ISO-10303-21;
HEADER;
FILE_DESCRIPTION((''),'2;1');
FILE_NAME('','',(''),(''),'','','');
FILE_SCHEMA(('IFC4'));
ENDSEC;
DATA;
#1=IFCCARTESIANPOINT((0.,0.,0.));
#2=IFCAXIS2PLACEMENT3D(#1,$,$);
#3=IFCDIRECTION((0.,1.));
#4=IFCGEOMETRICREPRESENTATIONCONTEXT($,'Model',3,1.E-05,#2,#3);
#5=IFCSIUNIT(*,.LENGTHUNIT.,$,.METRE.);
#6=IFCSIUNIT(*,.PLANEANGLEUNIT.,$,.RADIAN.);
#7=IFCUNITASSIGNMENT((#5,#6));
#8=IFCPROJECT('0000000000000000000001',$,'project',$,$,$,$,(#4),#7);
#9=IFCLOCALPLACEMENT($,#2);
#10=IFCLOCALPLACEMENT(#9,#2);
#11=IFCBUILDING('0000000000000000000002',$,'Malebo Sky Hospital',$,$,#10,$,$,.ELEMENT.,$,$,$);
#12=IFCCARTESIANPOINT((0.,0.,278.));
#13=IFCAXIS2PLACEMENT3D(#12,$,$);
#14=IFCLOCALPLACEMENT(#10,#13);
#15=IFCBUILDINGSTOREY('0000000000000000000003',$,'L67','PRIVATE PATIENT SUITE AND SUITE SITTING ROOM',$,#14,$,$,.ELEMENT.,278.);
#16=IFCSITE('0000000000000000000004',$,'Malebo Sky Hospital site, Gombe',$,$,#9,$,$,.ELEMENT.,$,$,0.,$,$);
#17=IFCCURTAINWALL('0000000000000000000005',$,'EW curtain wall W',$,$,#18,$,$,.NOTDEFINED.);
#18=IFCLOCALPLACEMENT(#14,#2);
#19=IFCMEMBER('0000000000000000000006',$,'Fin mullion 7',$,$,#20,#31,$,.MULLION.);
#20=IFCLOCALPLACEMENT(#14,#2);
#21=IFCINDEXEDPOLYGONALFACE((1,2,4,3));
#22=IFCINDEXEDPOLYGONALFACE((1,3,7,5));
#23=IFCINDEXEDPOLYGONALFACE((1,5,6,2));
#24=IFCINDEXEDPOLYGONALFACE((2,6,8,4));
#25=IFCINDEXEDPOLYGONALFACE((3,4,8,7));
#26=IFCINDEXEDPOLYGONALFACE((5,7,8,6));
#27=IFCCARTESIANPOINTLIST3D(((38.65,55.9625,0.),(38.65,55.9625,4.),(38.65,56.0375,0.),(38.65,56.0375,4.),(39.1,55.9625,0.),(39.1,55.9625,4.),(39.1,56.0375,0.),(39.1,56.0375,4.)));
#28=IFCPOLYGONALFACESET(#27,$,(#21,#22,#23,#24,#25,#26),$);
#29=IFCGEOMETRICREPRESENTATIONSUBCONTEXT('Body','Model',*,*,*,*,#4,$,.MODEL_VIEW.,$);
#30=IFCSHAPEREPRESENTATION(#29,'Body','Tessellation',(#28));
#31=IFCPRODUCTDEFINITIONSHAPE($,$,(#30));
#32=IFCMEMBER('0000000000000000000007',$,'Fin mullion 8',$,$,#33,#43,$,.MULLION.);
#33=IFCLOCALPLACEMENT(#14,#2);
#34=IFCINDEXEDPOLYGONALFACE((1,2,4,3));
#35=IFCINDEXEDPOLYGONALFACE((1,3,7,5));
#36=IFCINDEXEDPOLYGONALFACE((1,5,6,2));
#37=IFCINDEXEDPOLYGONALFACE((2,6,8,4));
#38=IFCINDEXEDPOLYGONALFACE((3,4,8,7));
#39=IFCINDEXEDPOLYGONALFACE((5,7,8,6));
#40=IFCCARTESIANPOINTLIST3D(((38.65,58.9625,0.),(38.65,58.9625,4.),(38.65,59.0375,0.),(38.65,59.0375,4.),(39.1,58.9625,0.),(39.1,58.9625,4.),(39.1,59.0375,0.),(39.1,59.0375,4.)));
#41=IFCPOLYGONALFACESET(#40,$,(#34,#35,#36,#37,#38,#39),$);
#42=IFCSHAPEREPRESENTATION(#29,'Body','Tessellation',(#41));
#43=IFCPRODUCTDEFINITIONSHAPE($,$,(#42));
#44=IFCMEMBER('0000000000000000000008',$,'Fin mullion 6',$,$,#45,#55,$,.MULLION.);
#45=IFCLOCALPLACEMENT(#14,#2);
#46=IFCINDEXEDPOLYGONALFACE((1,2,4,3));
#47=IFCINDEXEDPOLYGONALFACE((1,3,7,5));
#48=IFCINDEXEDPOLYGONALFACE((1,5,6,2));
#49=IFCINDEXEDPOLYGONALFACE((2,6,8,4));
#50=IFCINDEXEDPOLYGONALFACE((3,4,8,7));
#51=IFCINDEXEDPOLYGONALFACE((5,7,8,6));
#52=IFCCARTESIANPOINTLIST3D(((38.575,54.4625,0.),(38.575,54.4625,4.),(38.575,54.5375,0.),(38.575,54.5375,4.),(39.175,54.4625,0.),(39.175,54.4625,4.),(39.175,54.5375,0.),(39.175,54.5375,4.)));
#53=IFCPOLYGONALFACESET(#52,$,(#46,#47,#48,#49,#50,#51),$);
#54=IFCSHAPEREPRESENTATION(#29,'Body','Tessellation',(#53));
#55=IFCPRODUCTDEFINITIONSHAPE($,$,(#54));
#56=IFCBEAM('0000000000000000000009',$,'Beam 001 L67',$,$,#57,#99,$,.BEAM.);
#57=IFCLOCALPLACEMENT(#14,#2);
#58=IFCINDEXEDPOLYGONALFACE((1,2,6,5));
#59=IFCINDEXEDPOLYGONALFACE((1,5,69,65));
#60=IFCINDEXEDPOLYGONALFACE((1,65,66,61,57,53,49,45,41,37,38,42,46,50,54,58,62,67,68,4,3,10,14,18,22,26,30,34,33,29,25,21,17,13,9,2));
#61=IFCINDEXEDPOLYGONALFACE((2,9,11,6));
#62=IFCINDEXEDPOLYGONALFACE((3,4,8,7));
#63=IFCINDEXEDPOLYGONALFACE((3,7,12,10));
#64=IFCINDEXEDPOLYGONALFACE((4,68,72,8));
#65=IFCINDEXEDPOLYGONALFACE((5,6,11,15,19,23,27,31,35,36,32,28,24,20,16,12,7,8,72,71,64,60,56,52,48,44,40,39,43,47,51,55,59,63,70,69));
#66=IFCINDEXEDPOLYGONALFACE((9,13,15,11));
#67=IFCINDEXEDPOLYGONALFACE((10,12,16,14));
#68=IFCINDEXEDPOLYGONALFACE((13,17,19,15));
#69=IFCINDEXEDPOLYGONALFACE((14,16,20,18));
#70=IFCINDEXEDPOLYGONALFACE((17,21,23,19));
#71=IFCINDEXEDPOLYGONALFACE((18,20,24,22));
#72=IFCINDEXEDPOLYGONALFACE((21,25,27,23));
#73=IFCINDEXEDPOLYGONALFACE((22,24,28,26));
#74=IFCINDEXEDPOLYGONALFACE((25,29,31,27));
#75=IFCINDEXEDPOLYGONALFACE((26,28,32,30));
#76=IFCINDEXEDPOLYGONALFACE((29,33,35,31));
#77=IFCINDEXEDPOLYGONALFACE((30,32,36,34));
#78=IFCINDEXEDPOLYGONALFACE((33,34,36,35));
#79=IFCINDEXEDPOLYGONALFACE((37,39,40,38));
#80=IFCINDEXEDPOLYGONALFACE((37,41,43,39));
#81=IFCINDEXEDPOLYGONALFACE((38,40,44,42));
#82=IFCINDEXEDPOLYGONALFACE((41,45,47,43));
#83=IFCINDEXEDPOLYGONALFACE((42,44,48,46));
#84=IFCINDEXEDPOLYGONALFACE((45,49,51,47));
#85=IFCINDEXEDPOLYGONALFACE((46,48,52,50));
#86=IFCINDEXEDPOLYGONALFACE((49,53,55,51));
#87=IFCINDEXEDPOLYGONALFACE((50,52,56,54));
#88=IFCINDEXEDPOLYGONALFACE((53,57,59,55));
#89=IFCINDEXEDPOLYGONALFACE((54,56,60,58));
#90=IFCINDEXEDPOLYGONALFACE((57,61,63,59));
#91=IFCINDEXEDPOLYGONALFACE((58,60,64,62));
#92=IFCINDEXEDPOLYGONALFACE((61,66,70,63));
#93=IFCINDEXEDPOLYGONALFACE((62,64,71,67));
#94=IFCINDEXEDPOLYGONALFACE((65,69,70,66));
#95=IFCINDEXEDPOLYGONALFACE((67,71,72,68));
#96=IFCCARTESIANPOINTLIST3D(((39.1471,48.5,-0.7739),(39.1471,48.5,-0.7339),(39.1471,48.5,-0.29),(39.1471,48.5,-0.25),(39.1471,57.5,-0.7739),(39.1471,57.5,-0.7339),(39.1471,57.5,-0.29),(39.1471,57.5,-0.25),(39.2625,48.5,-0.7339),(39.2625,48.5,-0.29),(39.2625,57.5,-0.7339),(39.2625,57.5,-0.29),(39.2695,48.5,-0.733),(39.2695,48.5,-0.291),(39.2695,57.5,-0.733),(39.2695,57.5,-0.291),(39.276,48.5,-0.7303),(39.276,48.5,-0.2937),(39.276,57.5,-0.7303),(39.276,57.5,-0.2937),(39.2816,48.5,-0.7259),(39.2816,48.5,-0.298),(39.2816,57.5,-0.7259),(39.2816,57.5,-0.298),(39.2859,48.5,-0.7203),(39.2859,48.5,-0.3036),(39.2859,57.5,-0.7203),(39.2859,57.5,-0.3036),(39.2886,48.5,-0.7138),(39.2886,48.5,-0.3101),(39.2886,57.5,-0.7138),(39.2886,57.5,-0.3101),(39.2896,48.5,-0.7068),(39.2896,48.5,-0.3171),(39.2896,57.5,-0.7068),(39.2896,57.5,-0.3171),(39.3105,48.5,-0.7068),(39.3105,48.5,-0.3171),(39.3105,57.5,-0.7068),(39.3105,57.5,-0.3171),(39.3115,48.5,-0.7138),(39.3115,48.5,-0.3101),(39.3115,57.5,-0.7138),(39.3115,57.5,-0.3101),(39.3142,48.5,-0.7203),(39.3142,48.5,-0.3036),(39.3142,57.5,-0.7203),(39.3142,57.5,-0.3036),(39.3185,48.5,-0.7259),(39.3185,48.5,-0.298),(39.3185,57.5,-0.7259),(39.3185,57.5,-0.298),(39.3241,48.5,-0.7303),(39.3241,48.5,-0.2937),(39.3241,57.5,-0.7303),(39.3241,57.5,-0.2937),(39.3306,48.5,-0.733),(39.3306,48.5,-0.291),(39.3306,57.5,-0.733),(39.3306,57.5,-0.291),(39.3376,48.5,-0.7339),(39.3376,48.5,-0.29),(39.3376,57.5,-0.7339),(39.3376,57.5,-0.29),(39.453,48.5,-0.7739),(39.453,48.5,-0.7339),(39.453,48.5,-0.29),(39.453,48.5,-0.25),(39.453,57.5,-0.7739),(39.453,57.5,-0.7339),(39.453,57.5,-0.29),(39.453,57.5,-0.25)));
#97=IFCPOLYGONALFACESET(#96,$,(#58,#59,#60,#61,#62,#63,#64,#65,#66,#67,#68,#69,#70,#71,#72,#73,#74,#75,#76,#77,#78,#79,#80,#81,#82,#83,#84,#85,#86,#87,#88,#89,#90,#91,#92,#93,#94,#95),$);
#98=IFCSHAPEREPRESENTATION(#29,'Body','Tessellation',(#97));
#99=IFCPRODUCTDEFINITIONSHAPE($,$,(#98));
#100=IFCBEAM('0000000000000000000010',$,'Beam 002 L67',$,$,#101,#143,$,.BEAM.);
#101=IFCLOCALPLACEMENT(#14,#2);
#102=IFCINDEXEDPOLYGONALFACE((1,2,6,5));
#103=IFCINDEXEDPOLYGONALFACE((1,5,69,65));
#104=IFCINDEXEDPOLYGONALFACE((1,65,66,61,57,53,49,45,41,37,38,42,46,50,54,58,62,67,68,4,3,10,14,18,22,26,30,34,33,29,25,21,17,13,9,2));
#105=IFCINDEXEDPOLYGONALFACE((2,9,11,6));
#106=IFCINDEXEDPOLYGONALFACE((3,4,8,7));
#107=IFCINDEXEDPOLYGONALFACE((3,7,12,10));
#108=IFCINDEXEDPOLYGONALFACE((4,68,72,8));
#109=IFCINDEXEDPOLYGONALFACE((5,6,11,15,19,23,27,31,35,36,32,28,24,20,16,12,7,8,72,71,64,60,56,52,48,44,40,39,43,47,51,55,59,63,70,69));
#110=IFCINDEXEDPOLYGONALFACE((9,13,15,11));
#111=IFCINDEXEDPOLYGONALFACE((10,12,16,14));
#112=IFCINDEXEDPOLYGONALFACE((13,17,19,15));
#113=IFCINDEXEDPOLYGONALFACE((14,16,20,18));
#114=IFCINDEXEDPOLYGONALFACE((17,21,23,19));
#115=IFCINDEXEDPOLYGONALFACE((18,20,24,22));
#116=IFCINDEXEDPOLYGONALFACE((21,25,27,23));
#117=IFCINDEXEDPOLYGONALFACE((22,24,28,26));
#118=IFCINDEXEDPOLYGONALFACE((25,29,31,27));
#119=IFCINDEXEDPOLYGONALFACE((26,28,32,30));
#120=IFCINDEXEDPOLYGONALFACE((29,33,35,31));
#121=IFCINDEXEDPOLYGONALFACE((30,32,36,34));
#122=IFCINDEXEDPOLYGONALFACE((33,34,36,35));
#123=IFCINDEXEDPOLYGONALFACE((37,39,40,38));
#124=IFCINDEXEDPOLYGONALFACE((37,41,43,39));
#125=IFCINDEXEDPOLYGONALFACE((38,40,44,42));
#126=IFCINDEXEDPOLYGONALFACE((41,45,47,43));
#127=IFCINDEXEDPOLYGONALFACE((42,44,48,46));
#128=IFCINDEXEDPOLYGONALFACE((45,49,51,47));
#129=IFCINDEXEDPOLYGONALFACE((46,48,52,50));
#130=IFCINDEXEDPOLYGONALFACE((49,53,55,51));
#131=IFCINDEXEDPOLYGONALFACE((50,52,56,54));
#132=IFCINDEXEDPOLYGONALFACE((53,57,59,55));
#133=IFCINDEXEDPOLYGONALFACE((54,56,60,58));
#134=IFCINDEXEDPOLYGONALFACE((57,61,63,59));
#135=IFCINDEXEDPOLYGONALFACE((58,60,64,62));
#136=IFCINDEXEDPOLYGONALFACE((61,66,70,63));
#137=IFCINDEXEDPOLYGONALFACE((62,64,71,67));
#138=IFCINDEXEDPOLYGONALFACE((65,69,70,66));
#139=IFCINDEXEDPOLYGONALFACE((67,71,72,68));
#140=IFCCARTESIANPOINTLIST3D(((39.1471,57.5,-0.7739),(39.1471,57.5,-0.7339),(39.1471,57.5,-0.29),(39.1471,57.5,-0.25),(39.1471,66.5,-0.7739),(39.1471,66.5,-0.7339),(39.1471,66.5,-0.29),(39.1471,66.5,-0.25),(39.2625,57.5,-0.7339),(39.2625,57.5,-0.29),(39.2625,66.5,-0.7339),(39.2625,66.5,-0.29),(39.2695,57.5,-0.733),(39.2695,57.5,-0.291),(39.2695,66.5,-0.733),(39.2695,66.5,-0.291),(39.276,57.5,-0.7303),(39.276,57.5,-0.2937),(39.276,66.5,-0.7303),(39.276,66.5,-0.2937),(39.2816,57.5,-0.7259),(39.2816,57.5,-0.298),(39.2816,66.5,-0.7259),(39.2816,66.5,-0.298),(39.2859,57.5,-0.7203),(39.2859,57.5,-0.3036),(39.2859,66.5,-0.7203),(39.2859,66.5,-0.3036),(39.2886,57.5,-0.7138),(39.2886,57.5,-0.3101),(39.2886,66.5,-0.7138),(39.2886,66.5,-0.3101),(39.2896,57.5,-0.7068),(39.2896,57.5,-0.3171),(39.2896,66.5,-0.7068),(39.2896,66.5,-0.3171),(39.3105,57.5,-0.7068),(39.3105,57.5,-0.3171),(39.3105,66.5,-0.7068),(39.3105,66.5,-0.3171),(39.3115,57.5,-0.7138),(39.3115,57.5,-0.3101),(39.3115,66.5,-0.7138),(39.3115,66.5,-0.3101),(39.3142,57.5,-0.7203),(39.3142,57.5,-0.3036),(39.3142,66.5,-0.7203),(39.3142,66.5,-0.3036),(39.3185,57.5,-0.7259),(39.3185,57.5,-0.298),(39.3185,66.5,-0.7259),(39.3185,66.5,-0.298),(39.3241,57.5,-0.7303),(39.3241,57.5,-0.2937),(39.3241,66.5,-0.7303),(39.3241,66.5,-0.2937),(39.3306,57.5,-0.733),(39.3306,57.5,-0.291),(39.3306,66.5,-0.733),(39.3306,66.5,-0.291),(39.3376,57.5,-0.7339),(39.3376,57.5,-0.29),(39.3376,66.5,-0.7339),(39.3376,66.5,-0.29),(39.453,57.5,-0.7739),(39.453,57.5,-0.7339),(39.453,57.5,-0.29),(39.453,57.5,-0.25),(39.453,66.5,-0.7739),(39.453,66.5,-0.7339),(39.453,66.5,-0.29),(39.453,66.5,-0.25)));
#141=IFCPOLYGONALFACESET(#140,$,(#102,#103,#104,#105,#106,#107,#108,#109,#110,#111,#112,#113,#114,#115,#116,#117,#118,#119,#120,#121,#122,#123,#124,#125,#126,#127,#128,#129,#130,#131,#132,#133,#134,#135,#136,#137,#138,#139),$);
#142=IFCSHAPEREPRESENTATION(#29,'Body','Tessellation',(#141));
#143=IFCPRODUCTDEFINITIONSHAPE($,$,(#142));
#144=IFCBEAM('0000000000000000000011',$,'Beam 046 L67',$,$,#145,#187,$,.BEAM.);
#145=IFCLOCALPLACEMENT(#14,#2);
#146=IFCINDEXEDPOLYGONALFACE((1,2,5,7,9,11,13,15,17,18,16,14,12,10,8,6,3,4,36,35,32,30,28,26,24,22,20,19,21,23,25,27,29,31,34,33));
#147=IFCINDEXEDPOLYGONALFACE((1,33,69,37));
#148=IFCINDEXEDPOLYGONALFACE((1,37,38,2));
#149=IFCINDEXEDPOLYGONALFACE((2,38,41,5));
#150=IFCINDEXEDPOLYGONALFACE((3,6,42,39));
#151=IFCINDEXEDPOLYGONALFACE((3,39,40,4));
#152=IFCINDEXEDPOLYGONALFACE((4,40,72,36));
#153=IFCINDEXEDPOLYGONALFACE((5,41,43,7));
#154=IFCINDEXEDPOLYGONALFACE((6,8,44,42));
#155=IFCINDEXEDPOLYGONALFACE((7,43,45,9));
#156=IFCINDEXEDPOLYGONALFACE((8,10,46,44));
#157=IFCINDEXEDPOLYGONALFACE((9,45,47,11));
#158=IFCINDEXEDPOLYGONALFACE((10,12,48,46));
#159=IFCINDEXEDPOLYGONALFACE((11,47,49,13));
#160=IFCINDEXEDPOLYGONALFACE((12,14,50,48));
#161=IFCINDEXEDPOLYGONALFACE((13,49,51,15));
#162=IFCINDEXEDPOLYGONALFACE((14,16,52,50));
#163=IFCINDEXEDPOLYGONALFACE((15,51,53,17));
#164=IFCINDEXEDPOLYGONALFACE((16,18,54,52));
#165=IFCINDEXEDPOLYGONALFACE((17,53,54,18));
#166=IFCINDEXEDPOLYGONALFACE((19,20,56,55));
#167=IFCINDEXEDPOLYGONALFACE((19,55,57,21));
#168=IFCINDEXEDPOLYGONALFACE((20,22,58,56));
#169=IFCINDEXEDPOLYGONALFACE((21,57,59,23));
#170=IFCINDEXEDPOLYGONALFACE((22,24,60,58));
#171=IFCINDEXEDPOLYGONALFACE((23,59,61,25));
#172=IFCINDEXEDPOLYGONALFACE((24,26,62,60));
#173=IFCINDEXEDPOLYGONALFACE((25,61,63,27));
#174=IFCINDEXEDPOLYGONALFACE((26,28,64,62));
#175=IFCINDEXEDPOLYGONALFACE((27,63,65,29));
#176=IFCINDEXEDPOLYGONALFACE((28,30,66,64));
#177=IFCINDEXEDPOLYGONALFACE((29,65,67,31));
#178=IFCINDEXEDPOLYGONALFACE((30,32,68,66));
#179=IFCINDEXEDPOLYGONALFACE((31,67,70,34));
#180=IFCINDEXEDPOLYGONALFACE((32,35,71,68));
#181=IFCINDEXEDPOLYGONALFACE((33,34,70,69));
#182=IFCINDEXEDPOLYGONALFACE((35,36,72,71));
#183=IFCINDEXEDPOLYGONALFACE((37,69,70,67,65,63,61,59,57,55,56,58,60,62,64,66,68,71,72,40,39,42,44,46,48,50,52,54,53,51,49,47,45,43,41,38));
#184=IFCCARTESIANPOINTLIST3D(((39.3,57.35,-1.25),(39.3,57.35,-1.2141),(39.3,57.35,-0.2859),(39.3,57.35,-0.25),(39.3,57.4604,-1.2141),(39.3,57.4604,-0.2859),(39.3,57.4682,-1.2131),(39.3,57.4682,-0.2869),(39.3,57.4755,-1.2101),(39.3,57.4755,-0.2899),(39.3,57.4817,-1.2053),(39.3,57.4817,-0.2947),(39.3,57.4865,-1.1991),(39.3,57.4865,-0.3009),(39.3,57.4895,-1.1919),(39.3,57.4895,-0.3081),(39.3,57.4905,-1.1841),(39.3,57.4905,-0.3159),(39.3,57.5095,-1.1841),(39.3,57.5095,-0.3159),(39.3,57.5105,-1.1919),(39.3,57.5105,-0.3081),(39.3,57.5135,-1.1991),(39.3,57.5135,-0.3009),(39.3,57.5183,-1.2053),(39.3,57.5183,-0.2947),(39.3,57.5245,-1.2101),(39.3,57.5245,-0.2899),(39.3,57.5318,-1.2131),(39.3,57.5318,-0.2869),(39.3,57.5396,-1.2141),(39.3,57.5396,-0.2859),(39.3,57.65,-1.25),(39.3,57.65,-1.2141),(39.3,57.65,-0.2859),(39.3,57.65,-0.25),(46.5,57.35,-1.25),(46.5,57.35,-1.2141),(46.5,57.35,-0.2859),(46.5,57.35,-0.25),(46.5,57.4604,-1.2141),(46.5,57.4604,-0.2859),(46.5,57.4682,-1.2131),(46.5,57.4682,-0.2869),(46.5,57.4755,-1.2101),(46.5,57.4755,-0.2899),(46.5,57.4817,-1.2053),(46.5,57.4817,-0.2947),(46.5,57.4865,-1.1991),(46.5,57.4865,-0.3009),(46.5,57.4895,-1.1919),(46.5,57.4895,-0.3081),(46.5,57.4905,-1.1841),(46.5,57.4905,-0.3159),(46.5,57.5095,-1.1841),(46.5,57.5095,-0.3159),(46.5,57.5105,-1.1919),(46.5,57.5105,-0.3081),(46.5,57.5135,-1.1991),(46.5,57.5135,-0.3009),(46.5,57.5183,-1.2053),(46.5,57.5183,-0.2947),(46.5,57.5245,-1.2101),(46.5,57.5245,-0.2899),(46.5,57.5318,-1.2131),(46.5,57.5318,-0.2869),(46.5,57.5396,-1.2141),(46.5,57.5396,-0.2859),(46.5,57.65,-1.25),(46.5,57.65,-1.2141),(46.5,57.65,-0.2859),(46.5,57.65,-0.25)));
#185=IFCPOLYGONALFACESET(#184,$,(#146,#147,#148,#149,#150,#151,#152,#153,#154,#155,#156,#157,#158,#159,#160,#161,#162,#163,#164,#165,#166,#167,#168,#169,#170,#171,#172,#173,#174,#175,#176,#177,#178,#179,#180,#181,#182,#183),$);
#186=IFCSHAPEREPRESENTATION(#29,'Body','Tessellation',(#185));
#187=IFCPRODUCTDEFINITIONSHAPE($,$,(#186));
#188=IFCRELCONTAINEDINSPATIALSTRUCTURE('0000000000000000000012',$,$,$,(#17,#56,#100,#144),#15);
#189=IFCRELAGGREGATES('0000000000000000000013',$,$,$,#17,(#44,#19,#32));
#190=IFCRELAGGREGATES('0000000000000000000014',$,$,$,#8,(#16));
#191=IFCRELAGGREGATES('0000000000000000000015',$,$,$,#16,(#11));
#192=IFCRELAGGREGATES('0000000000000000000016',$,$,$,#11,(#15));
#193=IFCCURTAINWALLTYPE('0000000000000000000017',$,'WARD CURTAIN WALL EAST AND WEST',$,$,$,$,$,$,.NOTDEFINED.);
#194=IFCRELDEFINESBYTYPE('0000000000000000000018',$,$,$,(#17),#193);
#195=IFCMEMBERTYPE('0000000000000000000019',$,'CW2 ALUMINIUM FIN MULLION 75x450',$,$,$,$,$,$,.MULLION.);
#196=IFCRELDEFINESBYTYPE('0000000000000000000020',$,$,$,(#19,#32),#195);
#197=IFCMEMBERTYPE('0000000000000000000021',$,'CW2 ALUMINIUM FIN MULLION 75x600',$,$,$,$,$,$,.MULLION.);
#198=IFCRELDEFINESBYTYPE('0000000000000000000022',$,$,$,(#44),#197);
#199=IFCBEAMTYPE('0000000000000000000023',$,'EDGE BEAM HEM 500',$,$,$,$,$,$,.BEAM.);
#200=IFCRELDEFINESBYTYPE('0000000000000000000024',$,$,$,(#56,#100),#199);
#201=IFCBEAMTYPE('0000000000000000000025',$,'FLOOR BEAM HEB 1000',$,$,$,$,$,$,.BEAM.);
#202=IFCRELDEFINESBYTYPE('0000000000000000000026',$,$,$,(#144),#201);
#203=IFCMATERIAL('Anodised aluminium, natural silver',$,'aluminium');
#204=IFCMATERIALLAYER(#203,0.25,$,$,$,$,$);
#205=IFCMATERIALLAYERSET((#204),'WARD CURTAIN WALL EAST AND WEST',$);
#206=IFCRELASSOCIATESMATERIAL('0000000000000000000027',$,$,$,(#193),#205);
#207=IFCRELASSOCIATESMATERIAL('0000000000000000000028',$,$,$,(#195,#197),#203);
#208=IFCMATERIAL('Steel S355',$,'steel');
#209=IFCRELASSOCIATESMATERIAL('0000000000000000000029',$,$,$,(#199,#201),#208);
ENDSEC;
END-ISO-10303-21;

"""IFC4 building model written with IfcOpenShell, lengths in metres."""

from ifc_helpers import new_model, si_unit, direction, frame, origin, origin_2d, place, context, subcontext, project, spatial, rectangle, i_section, extrude, material, layer, layer_set, material_profile, profile_set, type_object, element, aggregate, save


model = new_model("IFC4")

# Units and contexts
model_context = context("Model", 3, precision=1e-05, world=origin(), true_north=direction((0.0, 1.0)))
body_context = subcontext(model_context, "Body", "Model", "MODEL_VIEW")
ifc_project = project(units=[si_unit("LENGTHUNIT", "METRE"), si_unit("PLANEANGLEUNIT", "RADIAN")], contexts=[model_context])

# Site, building, storey
site_placement = place(None, origin())
site = spatial("IfcSite", under=ifc_project, at=site_placement, Name="Malebo Sky Hospital site, Gombe", CompositionType="ELEMENT", RefElevation=0.0)
building_placement = place(site_placement, origin())
building = spatial("IfcBuilding", under=site, at=building_placement, Name="Malebo Sky Hospital", CompositionType="ELEMENT")
storey_placement = place(building_placement, frame((0.0, 0.0, 278.0)))
storey = spatial("IfcBuildingStorey", under=building, at=storey_placement, Name="L67", Description="PRIVATE PATIENT SUITE AND SUITE SITTING ROOM", CompositionType="ELEMENT", Elevation=278.0)

# Curtain wall
ifc_material_1 = material(Name="Anodised aluminium, natural silver", Category="aluminium")
ifc_layer_1 = layer(ifc_material_1, 0.25)
ifc_layer_set_1 = layer_set([ifc_layer_1], Name="WARD CURTAIN WALL EAST AND WEST")
curtain_wall_type = type_object("IfcCurtainWallType", Name="WARD CURTAIN WALL EAST AND WEST", PredefinedType="NOTDEFINED", material=ifc_layer_set_1)
curtain_wall_placement = place(storey_placement, origin())
curtain_wall = element("IfcCurtainWall", 1, at=curtain_wall_placement, inside=storey, type_object=curtain_wall_type, Name="EW curtain wall W", PredefinedType="NOTDEFINED")

# Members
ifc_material_2 = material(Name="Steel S355", Category="steel")
ifc_material_profile_1 = material_profile(ifc_material_1, rectangle(XDim=0.075, YDim=0.45, at=origin_2d()), Name="CW2 ALUMINIUM FIN MULLION 75x450")
ifc_profile_set_1 = profile_set([ifc_material_profile_1], Name="Anodised aluminium, natural silver")
member_type_1 = type_object("IfcMemberType", Name="CW2 ALUMINIUM FIN MULLION 75x450", PredefinedType="MULLION", material=ifc_profile_set_1)
member_1_placement = place(storey_placement, frame((38.875, 56.0, 0.0), z_axis=(0.0, 0.0, 1.0), x_axis=(0.0, 1.0, 0.0)))
member_1 = element("IfcMember", 2, at=member_1_placement, type_object=member_type_1, Name="Fin mullion 7", PredefinedType="MULLION", context=body_context, shape_type="SweptSolid", body=[
    extrude(rectangle(XDim=0.075, YDim=0.45, at=origin_2d()), origin(), (0.0, 0.0, 1.0), 4.0),
])
member_2_placement = place(storey_placement, frame((38.875, 59.0, 0.0), z_axis=(0.0, 0.0, 1.0), x_axis=(0.0, 1.0, 0.0)))
member_2 = element("IfcMember", 3, at=member_2_placement, type_object=member_type_1, Name="Fin mullion 8", PredefinedType="MULLION", context=body_context, shape_type="SweptSolid", body=[
    extrude(rectangle(XDim=0.075, YDim=0.45, at=origin_2d()), origin(), (0.0, 0.0, 1.0), 4.0),
])
ifc_material_profile_2 = material_profile(ifc_material_1, rectangle(XDim=0.075, YDim=0.6001, at=origin_2d()), Name="CW2 ALUMINIUM FIN MULLION 75x600")
ifc_profile_set_2 = profile_set([ifc_material_profile_2], Name="Anodised aluminium, natural silver")
member_type_2 = type_object("IfcMemberType", Name="CW2 ALUMINIUM FIN MULLION 75x600", PredefinedType="MULLION", material=ifc_profile_set_2)
member_3_placement = place(storey_placement, frame((38.875, 54.5, 0.0), z_axis=(0.0, 0.0, 1.0), x_axis=(0.0, 1.0, 0.0)))
member_3 = element("IfcMember", 4, at=member_3_placement, type_object=member_type_2, Name="Fin mullion 6", PredefinedType="MULLION", context=body_context, shape_type="SweptSolid", body=[
    extrude(rectangle(XDim=0.075, YDim=0.6001, at=origin_2d()), origin(), (0.0, 0.0, 1.0), 4.0),
])

# Beams
ifc_material_profile_3 = material_profile(ifc_material_2, i_section(OverallWidth=0.3059, OverallDepth=0.5239, WebThickness=0.021, FlangeThickness=0.04, FilletRadius=0.0271, at=origin_2d()), Name="HEM 500")
ifc_profile_set_3 = profile_set([ifc_material_profile_3], Name="Steel S355")
beam_type_1 = type_object("IfcBeamType", Name="EDGE BEAM HEM 500", PredefinedType="BEAM", material=ifc_profile_set_3)
for number, where, z_axis, x_axis, name in (
    (5, (39.3, 48.5, -0.512), (0.0, 1.0, 0.0), (-1.0, 0.0, 0.0), "Beam 001 L67"),
    (6, (39.3, 57.5, -0.512), (0.0, 1.0, 0.0), (-1.0, 0.0, 0.0), "Beam 002 L67"),
):
    element("IfcBeam", number, at=place(storey_placement, frame(where, z_axis=z_axis, x_axis=x_axis)), inside=storey, type_object=beam_type_1, Name=name, PredefinedType="BEAM", context=body_context, shape_type="SweptSolid", body=[
        extrude(i_section(OverallWidth=0.3059, OverallDepth=0.5239, WebThickness=0.021, FlangeThickness=0.04, FilletRadius=0.0271, at=origin_2d()), origin(), (0.0, 0.0, 1.0), 9.0),
    ])
ifc_material_profile_4 = material_profile(ifc_material_2, i_section(OverallWidth=0.3, OverallDepth=1.0, WebThickness=0.019, FlangeThickness=0.0359, FilletRadius=0.03, at=origin_2d()), Name="HEB 1000")
ifc_profile_set_4 = profile_set([ifc_material_profile_4], Name="Steel S355")
beam_type_2 = type_object("IfcBeamType", Name="FLOOR BEAM HEB 1000", PredefinedType="BEAM", material=ifc_profile_set_4)
beam_1_placement = place(storey_placement, frame((39.3, 57.5, -0.75), z_axis=(1.0, 0.0, 0.0), x_axis=(0.0, 1.0, 0.0)))
element("IfcBeam", 7, at=beam_1_placement, inside=storey, type_object=beam_type_2, Name="Beam 046 L67", PredefinedType="BEAM", context=body_context, shape_type="SweptSolid", body=[
    extrude(i_section(OverallWidth=0.3, OverallDepth=1.0, WebThickness=0.019, FlangeThickness=0.0359, FilletRadius=0.03, at=origin_2d()), origin(), (0.0, 0.0, 1.0), 7.2),
])

aggregate(curtain_wall, [member_3, member_1, member_2])

save(model, "model.ifc")
